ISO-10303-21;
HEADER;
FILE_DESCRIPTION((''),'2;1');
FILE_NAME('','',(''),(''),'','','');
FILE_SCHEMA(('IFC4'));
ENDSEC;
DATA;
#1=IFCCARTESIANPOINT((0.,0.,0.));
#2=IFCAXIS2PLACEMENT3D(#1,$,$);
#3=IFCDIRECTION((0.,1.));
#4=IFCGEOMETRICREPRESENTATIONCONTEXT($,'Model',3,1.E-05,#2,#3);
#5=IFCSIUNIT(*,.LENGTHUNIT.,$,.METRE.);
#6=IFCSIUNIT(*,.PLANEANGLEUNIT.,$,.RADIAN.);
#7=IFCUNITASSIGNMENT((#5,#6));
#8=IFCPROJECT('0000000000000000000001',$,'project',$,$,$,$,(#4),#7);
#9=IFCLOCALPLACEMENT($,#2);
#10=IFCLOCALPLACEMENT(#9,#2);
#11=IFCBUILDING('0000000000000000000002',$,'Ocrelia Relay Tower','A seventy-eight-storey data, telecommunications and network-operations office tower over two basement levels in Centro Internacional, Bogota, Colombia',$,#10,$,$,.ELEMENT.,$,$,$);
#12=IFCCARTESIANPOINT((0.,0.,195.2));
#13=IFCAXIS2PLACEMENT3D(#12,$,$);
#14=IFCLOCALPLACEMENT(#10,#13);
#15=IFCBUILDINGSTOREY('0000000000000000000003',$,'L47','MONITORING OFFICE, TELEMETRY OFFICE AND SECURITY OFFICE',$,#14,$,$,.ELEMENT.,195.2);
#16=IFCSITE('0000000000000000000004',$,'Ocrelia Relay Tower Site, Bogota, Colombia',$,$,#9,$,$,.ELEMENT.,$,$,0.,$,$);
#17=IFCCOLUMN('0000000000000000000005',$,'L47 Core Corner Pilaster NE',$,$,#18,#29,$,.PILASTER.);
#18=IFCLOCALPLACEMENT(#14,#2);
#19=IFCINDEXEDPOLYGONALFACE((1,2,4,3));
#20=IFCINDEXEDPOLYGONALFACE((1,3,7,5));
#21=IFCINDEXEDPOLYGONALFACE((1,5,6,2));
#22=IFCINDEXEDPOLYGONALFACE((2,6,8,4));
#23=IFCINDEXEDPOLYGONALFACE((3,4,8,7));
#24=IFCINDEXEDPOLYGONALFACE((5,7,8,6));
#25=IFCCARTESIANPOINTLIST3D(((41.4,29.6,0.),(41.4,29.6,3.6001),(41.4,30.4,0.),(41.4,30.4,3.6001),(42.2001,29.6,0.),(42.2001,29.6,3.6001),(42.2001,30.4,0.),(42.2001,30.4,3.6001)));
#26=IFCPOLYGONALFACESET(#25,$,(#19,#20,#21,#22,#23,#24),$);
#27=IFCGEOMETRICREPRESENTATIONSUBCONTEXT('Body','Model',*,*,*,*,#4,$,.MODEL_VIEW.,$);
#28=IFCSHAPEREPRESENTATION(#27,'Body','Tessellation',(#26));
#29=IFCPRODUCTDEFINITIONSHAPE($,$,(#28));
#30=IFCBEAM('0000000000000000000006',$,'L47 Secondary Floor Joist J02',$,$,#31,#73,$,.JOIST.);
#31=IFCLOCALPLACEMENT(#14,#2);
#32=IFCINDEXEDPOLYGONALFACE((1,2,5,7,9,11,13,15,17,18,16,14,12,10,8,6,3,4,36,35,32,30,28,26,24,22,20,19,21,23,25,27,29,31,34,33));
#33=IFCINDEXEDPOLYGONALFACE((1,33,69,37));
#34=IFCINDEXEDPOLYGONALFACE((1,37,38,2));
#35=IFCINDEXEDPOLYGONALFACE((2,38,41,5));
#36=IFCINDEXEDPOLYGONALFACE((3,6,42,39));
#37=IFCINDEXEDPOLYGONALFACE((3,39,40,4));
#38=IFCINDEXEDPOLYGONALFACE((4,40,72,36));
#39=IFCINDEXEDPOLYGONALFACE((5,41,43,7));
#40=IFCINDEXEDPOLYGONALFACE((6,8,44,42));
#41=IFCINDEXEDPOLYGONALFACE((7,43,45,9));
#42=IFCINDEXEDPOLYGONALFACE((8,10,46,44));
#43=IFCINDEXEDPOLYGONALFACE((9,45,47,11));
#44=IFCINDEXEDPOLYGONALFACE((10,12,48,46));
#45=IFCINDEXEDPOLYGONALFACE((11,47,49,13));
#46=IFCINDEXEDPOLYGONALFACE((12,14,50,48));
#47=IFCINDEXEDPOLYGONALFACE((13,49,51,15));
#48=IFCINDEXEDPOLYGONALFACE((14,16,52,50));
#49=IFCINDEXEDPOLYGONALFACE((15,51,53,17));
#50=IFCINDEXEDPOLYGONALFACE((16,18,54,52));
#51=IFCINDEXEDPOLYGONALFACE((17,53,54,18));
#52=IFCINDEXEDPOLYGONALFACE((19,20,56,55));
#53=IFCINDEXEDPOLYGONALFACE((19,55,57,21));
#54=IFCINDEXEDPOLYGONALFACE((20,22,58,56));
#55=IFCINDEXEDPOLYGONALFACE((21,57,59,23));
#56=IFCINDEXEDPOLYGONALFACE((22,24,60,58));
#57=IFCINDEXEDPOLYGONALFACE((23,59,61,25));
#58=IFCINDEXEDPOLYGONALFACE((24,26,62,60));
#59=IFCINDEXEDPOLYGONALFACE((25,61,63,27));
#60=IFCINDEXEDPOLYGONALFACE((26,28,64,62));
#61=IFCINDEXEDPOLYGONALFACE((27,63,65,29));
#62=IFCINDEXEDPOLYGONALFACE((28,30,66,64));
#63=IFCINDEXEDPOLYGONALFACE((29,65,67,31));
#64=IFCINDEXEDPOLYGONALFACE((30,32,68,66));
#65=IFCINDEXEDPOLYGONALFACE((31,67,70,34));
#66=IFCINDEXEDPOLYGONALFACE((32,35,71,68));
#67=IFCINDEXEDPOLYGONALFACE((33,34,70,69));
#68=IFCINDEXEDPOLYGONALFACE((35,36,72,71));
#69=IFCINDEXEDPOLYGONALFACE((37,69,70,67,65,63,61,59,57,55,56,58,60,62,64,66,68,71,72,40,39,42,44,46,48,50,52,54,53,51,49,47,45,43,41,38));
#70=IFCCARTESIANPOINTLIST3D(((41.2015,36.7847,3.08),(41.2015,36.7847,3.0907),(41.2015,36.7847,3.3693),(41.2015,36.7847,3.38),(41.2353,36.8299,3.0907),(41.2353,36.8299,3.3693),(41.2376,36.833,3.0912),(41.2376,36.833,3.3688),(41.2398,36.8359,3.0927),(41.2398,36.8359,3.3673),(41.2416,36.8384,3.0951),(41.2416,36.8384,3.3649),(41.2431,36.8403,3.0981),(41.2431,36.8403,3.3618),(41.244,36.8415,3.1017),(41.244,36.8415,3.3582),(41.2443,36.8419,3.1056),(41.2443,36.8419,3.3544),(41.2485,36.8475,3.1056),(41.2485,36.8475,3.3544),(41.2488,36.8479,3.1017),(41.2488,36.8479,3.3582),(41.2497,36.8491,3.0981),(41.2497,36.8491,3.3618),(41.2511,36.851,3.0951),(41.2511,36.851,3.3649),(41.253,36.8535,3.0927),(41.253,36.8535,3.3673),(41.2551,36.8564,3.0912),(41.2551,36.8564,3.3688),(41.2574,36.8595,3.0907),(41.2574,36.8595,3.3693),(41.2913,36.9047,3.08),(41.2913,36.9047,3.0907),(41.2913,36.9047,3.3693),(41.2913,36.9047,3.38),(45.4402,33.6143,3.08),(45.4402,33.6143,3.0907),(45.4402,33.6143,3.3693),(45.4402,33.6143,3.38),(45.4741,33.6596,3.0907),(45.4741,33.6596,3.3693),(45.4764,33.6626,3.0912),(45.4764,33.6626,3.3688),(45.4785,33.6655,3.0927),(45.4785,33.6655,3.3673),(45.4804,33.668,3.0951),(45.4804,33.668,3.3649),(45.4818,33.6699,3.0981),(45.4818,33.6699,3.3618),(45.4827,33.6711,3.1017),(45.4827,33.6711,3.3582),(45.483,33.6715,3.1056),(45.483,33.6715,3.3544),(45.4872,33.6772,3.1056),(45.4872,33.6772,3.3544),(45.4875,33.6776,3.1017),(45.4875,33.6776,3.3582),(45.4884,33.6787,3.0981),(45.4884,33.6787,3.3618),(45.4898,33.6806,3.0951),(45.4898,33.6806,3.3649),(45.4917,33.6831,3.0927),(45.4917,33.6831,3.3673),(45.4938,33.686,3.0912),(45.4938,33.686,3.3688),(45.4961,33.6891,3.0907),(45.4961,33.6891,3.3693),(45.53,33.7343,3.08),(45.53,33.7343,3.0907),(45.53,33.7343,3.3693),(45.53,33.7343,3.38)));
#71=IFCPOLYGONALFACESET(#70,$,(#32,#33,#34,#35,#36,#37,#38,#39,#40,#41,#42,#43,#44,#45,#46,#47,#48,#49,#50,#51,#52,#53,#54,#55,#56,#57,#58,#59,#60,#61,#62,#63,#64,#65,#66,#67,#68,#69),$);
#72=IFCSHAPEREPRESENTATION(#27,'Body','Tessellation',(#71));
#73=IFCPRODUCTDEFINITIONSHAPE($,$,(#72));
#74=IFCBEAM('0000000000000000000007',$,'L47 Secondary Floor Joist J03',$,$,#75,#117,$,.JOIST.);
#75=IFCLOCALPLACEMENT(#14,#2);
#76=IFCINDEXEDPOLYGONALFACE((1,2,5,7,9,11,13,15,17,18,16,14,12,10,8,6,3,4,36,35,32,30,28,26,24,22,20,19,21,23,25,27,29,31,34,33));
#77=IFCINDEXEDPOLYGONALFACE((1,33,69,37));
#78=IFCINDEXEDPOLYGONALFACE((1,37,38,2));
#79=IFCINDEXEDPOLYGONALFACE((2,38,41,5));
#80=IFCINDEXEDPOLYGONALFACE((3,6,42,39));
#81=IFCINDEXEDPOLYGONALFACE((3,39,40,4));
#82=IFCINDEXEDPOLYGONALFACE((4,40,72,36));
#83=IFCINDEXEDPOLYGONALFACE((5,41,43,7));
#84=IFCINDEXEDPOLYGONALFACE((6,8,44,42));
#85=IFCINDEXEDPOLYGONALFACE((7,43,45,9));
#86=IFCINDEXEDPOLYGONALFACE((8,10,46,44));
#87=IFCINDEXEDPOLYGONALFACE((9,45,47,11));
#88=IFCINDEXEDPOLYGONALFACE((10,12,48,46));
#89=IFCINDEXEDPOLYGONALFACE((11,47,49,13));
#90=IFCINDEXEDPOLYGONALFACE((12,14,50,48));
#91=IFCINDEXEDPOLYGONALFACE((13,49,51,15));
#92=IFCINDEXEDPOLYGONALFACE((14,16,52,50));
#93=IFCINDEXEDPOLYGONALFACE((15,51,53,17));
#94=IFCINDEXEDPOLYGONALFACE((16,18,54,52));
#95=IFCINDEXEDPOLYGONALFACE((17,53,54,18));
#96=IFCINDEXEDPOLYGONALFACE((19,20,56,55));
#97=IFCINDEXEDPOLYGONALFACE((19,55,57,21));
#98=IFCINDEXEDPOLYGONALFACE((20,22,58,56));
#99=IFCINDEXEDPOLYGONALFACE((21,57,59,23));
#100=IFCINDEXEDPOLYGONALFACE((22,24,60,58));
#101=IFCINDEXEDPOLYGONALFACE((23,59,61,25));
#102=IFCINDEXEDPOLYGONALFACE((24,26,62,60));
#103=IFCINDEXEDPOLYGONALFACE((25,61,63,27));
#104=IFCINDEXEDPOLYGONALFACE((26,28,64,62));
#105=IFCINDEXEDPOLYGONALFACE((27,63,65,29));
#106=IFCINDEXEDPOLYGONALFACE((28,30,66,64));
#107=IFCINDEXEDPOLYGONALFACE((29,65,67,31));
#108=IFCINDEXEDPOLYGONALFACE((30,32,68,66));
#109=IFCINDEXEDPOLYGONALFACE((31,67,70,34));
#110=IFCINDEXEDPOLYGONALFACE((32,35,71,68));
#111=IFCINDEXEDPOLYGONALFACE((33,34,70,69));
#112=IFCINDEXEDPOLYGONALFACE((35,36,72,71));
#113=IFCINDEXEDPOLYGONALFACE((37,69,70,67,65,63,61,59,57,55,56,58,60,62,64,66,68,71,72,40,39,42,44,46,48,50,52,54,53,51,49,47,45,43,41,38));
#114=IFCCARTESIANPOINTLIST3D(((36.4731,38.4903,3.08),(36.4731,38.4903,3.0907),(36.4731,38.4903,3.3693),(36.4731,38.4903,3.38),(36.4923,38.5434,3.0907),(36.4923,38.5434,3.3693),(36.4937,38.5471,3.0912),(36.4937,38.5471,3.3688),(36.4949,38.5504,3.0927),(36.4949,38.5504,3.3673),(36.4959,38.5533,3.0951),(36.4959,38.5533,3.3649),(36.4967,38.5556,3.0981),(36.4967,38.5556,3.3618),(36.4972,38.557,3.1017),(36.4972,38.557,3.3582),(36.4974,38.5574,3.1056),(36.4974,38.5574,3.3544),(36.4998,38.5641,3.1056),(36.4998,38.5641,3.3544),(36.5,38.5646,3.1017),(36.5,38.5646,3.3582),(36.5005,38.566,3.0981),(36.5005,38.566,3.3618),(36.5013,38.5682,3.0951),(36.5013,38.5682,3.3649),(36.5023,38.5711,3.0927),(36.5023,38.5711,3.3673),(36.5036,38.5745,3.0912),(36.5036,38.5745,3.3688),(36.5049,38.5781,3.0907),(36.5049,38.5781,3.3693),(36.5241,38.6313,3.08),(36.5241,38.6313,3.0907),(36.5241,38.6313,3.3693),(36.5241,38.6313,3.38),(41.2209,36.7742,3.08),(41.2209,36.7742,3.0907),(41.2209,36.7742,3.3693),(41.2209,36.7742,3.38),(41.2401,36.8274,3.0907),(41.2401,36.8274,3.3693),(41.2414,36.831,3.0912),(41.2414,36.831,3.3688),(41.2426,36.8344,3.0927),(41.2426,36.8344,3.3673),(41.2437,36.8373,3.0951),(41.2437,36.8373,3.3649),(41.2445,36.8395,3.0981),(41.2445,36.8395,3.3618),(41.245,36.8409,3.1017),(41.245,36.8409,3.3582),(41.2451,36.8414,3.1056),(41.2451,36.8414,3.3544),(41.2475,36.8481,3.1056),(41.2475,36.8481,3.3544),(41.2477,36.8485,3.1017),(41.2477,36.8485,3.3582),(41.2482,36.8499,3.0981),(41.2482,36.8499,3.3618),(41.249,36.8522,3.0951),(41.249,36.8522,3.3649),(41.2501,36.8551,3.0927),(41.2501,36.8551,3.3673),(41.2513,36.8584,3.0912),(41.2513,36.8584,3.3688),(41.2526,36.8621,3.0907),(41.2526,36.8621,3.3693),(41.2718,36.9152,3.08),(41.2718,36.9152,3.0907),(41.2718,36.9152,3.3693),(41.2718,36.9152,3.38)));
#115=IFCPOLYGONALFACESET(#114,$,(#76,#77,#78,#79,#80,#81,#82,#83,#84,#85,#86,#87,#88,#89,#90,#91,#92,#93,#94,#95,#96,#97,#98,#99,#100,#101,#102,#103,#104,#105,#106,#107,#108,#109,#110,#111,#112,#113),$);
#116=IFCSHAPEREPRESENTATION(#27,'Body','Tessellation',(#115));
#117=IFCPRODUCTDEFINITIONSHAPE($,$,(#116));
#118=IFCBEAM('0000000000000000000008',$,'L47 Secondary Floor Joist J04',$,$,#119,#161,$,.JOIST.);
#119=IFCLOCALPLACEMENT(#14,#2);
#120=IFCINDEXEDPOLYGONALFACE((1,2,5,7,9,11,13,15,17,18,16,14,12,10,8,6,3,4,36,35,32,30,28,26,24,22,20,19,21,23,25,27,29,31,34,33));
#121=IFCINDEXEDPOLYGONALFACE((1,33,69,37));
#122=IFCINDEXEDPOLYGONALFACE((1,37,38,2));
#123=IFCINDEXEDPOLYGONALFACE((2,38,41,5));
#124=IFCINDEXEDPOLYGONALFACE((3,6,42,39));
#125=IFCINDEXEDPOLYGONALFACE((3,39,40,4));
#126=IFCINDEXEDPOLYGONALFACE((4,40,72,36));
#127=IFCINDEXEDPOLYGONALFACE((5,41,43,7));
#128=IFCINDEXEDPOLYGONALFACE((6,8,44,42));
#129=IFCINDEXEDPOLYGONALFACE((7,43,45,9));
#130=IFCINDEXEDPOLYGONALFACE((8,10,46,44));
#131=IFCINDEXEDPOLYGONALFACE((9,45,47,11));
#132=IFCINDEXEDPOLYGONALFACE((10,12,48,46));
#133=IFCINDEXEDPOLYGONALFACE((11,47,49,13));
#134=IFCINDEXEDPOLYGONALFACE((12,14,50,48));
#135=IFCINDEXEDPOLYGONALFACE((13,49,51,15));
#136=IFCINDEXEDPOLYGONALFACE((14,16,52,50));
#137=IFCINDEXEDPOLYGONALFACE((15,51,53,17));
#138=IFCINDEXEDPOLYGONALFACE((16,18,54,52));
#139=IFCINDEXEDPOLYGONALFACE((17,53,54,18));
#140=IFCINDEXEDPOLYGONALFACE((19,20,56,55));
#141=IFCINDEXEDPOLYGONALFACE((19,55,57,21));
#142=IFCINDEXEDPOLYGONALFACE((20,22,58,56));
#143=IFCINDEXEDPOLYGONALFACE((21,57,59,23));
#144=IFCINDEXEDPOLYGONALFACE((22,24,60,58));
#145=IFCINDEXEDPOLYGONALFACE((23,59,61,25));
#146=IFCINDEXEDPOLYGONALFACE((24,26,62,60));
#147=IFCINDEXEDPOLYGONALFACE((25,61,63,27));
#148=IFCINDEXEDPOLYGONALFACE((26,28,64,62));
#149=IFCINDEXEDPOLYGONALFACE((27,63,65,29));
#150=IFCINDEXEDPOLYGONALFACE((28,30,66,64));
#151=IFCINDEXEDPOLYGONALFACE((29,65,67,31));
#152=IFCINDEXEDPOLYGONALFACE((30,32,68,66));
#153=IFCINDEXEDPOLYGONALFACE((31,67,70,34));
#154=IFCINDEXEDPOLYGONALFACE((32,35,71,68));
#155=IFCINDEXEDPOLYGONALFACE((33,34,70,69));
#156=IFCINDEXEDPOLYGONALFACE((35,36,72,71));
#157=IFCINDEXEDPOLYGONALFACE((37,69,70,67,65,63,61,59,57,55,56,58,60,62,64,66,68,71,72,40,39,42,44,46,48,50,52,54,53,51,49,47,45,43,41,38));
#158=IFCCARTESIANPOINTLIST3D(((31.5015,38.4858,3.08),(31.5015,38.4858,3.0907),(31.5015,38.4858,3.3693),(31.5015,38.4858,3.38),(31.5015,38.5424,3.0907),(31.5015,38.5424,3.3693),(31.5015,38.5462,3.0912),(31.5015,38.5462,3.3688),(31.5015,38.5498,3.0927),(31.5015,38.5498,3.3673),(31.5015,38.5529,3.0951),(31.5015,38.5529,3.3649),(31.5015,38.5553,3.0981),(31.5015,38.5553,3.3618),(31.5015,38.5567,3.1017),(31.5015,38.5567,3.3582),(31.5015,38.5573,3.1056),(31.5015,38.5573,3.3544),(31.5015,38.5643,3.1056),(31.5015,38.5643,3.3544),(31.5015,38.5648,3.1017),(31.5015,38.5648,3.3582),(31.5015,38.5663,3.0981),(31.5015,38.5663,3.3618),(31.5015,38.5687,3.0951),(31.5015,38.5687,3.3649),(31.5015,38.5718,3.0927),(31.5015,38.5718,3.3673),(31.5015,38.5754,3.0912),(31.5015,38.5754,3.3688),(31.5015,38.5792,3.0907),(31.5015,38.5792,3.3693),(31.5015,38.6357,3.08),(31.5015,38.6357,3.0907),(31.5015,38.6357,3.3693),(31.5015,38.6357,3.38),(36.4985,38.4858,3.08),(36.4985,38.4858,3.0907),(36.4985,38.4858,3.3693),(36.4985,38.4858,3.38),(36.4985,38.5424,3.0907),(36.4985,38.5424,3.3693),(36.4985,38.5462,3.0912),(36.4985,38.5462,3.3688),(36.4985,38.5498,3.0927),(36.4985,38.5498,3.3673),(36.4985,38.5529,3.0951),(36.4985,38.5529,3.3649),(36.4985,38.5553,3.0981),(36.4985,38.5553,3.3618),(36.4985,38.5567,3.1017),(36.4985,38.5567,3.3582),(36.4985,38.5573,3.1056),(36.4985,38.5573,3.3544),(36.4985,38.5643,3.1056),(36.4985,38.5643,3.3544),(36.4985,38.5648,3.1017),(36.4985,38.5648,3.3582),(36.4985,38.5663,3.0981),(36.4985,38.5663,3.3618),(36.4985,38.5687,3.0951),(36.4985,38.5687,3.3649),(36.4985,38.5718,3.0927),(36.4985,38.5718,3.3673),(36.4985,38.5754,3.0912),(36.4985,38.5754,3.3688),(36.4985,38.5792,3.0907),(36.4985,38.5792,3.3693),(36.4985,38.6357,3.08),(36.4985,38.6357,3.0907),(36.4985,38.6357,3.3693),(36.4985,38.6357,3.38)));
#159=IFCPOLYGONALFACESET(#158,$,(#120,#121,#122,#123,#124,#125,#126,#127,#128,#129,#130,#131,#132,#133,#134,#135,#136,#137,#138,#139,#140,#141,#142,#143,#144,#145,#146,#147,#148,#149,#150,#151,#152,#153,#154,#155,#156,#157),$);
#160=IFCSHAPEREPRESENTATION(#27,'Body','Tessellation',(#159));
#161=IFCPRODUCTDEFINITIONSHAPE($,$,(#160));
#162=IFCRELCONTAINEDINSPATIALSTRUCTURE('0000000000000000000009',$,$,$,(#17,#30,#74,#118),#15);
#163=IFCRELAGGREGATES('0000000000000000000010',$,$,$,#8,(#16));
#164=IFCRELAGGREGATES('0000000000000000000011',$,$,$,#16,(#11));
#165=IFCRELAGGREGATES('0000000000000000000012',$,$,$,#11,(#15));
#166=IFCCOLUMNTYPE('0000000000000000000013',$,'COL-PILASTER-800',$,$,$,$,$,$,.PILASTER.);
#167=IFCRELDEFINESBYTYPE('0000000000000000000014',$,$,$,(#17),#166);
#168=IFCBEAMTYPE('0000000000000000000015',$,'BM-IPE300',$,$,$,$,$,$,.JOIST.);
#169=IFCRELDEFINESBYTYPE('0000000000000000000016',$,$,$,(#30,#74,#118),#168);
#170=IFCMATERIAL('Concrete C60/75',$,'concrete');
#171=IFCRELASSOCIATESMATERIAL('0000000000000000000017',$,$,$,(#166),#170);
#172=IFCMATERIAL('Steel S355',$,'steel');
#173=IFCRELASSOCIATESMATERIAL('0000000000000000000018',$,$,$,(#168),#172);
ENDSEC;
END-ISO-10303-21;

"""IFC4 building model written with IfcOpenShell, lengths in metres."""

from ifc_helpers import new_model, si_unit, direction, frame, origin, origin_2d, place, context, subcontext, project, spatial, rectangle, i_section, extrude, material, material_profile, profile_set, type_object, element, save


model = new_model("IFC4")

# Units and contexts
model_context = context("Model", 3, precision=1e-05, world=origin(), true_north=direction((0.0, 1.0)))
body_context = subcontext(model_context, "Body", "Model", "MODEL_VIEW")
ifc_project = project(units=[si_unit("LENGTHUNIT", "METRE"), si_unit("PLANEANGLEUNIT", "RADIAN")], contexts=[model_context])

# Site, building, storey
site_placement = place(None, origin())
site = spatial("IfcSite", under=ifc_project, at=site_placement, Name="Ocrelia Relay Tower Site, Bogota, Colombia", CompositionType="ELEMENT", RefElevation=0.0)
building_placement = place(site_placement, origin())
building = spatial("IfcBuilding", under=site, at=building_placement, Name="Ocrelia Relay Tower", Description="A seventy-eight-storey data, telecommunications and network-operations office tower over two basement levels in Centro Internacional, Bogota, Colombia", CompositionType="ELEMENT")
storey_placement = place(building_placement, frame((0.0, 0.0, 195.2)))
storey = spatial("IfcBuildingStorey", under=building, at=storey_placement, Name="L47", Description="MONITORING OFFICE, TELEMETRY OFFICE AND SECURITY OFFICE", CompositionType="ELEMENT", Elevation=195.2)

# Column
ifc_material_1 = material(Name="Concrete C60/75", Category="concrete")
ifc_material_profile_1 = material_profile(ifc_material_1, rectangle(XDim=0.8, YDim=0.8, at=origin_2d()), Name="RC-COL-800x800")
ifc_profile_set_1 = profile_set([ifc_material_profile_1], Name="Concrete C60/75")
column_type = type_object("IfcColumnType", Name="COL-PILASTER-800", PredefinedType="PILASTER", material=ifc_profile_set_1)
column_placement = place(storey_placement, frame((41.8, 30.0, 0.0), z_axis=(0.0, 0.0, 1.0), x_axis=(1.0, 0.0, 0.0)))
element("IfcColumn", 1, at=column_placement, inside=storey, type_object=column_type, Name="L47 Core Corner Pilaster NE", PredefinedType="PILASTER", context=body_context, shape_type="SweptSolid", body=[
    extrude(rectangle(XDim=0.8, YDim=0.8, at=origin_2d()), origin(), (0.0, 0.0, 1.0), 3.6001),
])

# Beams
ifc_material_2 = material(Name="Steel S355", Category="steel")
ifc_material_profile_2 = material_profile(ifc_material_2, i_section(OverallWidth=0.1499, OverallDepth=0.3, WebThickness=0.0071, FlangeThickness=0.0107, FilletRadius=0.0149, at=origin_2d()), Name="IPE 300")
ifc_profile_set_2 = profile_set([ifc_material_profile_2], Name="Steel S355")
beam_type = type_object("IfcBeamType", Name="BM-IPE300", PredefinedType="JOIST", material=ifc_profile_set_2)
beam_1_placement = place(storey_placement, frame((45.4851, 33.6743, 3.23), z_axis=(-0.800785, 0.598952, 0.0), x_axis=(-0.598952, -0.800785, 0.0)))
element("IfcBeam", 2, at=beam_1_placement, inside=storey, type_object=beam_type, Name="L47 Secondary Floor Joist J02", PredefinedType="JOIST", context=body_context, shape_type="SweptSolid", body=[
    extrude(i_section(OverallWidth=0.1499, OverallDepth=0.3, WebThickness=0.0071, FlangeThickness=0.0107, FilletRadius=0.0149, at=origin_2d()), origin(), (0.0, 0.0, 1.0), 5.2932),
])
beam_2_placement = place(storey_placement, frame((41.2463, 36.8447, 3.23), z_axis=(-0.940454, 0.339921, 0.0), x_axis=(-0.339921, -0.940454, 0.0)))
element("IfcBeam", 3, at=beam_2_placement, inside=storey, type_object=beam_type, Name="L47 Secondary Floor Joist J03", PredefinedType="JOIST", context=body_context, shape_type="SweptSolid", body=[
    extrude(i_section(OverallWidth=0.1499, OverallDepth=0.3, WebThickness=0.0071, FlangeThickness=0.0107, FilletRadius=0.0149, at=origin_2d()), origin(), (0.0, 0.0, 1.0), 5.0483),
])
beam_3_placement = place(storey_placement, frame((36.4985, 38.5608, 3.23), z_axis=(-1.0, 0.0, 0.0), x_axis=(0.0, -1.0, 0.0)))
element("IfcBeam", 4, at=beam_3_placement, inside=storey, type_object=beam_type, Name="L47 Secondary Floor Joist J04", PredefinedType="JOIST", context=body_context, shape_type="SweptSolid", body=[
    extrude(i_section(OverallWidth=0.1499, OverallDepth=0.3, WebThickness=0.0071, FlangeThickness=0.0107, FilletRadius=0.0149, at=origin_2d()), origin(), (0.0, 0.0, 1.0), 4.9971),
])

save(model, "model.ifc")
